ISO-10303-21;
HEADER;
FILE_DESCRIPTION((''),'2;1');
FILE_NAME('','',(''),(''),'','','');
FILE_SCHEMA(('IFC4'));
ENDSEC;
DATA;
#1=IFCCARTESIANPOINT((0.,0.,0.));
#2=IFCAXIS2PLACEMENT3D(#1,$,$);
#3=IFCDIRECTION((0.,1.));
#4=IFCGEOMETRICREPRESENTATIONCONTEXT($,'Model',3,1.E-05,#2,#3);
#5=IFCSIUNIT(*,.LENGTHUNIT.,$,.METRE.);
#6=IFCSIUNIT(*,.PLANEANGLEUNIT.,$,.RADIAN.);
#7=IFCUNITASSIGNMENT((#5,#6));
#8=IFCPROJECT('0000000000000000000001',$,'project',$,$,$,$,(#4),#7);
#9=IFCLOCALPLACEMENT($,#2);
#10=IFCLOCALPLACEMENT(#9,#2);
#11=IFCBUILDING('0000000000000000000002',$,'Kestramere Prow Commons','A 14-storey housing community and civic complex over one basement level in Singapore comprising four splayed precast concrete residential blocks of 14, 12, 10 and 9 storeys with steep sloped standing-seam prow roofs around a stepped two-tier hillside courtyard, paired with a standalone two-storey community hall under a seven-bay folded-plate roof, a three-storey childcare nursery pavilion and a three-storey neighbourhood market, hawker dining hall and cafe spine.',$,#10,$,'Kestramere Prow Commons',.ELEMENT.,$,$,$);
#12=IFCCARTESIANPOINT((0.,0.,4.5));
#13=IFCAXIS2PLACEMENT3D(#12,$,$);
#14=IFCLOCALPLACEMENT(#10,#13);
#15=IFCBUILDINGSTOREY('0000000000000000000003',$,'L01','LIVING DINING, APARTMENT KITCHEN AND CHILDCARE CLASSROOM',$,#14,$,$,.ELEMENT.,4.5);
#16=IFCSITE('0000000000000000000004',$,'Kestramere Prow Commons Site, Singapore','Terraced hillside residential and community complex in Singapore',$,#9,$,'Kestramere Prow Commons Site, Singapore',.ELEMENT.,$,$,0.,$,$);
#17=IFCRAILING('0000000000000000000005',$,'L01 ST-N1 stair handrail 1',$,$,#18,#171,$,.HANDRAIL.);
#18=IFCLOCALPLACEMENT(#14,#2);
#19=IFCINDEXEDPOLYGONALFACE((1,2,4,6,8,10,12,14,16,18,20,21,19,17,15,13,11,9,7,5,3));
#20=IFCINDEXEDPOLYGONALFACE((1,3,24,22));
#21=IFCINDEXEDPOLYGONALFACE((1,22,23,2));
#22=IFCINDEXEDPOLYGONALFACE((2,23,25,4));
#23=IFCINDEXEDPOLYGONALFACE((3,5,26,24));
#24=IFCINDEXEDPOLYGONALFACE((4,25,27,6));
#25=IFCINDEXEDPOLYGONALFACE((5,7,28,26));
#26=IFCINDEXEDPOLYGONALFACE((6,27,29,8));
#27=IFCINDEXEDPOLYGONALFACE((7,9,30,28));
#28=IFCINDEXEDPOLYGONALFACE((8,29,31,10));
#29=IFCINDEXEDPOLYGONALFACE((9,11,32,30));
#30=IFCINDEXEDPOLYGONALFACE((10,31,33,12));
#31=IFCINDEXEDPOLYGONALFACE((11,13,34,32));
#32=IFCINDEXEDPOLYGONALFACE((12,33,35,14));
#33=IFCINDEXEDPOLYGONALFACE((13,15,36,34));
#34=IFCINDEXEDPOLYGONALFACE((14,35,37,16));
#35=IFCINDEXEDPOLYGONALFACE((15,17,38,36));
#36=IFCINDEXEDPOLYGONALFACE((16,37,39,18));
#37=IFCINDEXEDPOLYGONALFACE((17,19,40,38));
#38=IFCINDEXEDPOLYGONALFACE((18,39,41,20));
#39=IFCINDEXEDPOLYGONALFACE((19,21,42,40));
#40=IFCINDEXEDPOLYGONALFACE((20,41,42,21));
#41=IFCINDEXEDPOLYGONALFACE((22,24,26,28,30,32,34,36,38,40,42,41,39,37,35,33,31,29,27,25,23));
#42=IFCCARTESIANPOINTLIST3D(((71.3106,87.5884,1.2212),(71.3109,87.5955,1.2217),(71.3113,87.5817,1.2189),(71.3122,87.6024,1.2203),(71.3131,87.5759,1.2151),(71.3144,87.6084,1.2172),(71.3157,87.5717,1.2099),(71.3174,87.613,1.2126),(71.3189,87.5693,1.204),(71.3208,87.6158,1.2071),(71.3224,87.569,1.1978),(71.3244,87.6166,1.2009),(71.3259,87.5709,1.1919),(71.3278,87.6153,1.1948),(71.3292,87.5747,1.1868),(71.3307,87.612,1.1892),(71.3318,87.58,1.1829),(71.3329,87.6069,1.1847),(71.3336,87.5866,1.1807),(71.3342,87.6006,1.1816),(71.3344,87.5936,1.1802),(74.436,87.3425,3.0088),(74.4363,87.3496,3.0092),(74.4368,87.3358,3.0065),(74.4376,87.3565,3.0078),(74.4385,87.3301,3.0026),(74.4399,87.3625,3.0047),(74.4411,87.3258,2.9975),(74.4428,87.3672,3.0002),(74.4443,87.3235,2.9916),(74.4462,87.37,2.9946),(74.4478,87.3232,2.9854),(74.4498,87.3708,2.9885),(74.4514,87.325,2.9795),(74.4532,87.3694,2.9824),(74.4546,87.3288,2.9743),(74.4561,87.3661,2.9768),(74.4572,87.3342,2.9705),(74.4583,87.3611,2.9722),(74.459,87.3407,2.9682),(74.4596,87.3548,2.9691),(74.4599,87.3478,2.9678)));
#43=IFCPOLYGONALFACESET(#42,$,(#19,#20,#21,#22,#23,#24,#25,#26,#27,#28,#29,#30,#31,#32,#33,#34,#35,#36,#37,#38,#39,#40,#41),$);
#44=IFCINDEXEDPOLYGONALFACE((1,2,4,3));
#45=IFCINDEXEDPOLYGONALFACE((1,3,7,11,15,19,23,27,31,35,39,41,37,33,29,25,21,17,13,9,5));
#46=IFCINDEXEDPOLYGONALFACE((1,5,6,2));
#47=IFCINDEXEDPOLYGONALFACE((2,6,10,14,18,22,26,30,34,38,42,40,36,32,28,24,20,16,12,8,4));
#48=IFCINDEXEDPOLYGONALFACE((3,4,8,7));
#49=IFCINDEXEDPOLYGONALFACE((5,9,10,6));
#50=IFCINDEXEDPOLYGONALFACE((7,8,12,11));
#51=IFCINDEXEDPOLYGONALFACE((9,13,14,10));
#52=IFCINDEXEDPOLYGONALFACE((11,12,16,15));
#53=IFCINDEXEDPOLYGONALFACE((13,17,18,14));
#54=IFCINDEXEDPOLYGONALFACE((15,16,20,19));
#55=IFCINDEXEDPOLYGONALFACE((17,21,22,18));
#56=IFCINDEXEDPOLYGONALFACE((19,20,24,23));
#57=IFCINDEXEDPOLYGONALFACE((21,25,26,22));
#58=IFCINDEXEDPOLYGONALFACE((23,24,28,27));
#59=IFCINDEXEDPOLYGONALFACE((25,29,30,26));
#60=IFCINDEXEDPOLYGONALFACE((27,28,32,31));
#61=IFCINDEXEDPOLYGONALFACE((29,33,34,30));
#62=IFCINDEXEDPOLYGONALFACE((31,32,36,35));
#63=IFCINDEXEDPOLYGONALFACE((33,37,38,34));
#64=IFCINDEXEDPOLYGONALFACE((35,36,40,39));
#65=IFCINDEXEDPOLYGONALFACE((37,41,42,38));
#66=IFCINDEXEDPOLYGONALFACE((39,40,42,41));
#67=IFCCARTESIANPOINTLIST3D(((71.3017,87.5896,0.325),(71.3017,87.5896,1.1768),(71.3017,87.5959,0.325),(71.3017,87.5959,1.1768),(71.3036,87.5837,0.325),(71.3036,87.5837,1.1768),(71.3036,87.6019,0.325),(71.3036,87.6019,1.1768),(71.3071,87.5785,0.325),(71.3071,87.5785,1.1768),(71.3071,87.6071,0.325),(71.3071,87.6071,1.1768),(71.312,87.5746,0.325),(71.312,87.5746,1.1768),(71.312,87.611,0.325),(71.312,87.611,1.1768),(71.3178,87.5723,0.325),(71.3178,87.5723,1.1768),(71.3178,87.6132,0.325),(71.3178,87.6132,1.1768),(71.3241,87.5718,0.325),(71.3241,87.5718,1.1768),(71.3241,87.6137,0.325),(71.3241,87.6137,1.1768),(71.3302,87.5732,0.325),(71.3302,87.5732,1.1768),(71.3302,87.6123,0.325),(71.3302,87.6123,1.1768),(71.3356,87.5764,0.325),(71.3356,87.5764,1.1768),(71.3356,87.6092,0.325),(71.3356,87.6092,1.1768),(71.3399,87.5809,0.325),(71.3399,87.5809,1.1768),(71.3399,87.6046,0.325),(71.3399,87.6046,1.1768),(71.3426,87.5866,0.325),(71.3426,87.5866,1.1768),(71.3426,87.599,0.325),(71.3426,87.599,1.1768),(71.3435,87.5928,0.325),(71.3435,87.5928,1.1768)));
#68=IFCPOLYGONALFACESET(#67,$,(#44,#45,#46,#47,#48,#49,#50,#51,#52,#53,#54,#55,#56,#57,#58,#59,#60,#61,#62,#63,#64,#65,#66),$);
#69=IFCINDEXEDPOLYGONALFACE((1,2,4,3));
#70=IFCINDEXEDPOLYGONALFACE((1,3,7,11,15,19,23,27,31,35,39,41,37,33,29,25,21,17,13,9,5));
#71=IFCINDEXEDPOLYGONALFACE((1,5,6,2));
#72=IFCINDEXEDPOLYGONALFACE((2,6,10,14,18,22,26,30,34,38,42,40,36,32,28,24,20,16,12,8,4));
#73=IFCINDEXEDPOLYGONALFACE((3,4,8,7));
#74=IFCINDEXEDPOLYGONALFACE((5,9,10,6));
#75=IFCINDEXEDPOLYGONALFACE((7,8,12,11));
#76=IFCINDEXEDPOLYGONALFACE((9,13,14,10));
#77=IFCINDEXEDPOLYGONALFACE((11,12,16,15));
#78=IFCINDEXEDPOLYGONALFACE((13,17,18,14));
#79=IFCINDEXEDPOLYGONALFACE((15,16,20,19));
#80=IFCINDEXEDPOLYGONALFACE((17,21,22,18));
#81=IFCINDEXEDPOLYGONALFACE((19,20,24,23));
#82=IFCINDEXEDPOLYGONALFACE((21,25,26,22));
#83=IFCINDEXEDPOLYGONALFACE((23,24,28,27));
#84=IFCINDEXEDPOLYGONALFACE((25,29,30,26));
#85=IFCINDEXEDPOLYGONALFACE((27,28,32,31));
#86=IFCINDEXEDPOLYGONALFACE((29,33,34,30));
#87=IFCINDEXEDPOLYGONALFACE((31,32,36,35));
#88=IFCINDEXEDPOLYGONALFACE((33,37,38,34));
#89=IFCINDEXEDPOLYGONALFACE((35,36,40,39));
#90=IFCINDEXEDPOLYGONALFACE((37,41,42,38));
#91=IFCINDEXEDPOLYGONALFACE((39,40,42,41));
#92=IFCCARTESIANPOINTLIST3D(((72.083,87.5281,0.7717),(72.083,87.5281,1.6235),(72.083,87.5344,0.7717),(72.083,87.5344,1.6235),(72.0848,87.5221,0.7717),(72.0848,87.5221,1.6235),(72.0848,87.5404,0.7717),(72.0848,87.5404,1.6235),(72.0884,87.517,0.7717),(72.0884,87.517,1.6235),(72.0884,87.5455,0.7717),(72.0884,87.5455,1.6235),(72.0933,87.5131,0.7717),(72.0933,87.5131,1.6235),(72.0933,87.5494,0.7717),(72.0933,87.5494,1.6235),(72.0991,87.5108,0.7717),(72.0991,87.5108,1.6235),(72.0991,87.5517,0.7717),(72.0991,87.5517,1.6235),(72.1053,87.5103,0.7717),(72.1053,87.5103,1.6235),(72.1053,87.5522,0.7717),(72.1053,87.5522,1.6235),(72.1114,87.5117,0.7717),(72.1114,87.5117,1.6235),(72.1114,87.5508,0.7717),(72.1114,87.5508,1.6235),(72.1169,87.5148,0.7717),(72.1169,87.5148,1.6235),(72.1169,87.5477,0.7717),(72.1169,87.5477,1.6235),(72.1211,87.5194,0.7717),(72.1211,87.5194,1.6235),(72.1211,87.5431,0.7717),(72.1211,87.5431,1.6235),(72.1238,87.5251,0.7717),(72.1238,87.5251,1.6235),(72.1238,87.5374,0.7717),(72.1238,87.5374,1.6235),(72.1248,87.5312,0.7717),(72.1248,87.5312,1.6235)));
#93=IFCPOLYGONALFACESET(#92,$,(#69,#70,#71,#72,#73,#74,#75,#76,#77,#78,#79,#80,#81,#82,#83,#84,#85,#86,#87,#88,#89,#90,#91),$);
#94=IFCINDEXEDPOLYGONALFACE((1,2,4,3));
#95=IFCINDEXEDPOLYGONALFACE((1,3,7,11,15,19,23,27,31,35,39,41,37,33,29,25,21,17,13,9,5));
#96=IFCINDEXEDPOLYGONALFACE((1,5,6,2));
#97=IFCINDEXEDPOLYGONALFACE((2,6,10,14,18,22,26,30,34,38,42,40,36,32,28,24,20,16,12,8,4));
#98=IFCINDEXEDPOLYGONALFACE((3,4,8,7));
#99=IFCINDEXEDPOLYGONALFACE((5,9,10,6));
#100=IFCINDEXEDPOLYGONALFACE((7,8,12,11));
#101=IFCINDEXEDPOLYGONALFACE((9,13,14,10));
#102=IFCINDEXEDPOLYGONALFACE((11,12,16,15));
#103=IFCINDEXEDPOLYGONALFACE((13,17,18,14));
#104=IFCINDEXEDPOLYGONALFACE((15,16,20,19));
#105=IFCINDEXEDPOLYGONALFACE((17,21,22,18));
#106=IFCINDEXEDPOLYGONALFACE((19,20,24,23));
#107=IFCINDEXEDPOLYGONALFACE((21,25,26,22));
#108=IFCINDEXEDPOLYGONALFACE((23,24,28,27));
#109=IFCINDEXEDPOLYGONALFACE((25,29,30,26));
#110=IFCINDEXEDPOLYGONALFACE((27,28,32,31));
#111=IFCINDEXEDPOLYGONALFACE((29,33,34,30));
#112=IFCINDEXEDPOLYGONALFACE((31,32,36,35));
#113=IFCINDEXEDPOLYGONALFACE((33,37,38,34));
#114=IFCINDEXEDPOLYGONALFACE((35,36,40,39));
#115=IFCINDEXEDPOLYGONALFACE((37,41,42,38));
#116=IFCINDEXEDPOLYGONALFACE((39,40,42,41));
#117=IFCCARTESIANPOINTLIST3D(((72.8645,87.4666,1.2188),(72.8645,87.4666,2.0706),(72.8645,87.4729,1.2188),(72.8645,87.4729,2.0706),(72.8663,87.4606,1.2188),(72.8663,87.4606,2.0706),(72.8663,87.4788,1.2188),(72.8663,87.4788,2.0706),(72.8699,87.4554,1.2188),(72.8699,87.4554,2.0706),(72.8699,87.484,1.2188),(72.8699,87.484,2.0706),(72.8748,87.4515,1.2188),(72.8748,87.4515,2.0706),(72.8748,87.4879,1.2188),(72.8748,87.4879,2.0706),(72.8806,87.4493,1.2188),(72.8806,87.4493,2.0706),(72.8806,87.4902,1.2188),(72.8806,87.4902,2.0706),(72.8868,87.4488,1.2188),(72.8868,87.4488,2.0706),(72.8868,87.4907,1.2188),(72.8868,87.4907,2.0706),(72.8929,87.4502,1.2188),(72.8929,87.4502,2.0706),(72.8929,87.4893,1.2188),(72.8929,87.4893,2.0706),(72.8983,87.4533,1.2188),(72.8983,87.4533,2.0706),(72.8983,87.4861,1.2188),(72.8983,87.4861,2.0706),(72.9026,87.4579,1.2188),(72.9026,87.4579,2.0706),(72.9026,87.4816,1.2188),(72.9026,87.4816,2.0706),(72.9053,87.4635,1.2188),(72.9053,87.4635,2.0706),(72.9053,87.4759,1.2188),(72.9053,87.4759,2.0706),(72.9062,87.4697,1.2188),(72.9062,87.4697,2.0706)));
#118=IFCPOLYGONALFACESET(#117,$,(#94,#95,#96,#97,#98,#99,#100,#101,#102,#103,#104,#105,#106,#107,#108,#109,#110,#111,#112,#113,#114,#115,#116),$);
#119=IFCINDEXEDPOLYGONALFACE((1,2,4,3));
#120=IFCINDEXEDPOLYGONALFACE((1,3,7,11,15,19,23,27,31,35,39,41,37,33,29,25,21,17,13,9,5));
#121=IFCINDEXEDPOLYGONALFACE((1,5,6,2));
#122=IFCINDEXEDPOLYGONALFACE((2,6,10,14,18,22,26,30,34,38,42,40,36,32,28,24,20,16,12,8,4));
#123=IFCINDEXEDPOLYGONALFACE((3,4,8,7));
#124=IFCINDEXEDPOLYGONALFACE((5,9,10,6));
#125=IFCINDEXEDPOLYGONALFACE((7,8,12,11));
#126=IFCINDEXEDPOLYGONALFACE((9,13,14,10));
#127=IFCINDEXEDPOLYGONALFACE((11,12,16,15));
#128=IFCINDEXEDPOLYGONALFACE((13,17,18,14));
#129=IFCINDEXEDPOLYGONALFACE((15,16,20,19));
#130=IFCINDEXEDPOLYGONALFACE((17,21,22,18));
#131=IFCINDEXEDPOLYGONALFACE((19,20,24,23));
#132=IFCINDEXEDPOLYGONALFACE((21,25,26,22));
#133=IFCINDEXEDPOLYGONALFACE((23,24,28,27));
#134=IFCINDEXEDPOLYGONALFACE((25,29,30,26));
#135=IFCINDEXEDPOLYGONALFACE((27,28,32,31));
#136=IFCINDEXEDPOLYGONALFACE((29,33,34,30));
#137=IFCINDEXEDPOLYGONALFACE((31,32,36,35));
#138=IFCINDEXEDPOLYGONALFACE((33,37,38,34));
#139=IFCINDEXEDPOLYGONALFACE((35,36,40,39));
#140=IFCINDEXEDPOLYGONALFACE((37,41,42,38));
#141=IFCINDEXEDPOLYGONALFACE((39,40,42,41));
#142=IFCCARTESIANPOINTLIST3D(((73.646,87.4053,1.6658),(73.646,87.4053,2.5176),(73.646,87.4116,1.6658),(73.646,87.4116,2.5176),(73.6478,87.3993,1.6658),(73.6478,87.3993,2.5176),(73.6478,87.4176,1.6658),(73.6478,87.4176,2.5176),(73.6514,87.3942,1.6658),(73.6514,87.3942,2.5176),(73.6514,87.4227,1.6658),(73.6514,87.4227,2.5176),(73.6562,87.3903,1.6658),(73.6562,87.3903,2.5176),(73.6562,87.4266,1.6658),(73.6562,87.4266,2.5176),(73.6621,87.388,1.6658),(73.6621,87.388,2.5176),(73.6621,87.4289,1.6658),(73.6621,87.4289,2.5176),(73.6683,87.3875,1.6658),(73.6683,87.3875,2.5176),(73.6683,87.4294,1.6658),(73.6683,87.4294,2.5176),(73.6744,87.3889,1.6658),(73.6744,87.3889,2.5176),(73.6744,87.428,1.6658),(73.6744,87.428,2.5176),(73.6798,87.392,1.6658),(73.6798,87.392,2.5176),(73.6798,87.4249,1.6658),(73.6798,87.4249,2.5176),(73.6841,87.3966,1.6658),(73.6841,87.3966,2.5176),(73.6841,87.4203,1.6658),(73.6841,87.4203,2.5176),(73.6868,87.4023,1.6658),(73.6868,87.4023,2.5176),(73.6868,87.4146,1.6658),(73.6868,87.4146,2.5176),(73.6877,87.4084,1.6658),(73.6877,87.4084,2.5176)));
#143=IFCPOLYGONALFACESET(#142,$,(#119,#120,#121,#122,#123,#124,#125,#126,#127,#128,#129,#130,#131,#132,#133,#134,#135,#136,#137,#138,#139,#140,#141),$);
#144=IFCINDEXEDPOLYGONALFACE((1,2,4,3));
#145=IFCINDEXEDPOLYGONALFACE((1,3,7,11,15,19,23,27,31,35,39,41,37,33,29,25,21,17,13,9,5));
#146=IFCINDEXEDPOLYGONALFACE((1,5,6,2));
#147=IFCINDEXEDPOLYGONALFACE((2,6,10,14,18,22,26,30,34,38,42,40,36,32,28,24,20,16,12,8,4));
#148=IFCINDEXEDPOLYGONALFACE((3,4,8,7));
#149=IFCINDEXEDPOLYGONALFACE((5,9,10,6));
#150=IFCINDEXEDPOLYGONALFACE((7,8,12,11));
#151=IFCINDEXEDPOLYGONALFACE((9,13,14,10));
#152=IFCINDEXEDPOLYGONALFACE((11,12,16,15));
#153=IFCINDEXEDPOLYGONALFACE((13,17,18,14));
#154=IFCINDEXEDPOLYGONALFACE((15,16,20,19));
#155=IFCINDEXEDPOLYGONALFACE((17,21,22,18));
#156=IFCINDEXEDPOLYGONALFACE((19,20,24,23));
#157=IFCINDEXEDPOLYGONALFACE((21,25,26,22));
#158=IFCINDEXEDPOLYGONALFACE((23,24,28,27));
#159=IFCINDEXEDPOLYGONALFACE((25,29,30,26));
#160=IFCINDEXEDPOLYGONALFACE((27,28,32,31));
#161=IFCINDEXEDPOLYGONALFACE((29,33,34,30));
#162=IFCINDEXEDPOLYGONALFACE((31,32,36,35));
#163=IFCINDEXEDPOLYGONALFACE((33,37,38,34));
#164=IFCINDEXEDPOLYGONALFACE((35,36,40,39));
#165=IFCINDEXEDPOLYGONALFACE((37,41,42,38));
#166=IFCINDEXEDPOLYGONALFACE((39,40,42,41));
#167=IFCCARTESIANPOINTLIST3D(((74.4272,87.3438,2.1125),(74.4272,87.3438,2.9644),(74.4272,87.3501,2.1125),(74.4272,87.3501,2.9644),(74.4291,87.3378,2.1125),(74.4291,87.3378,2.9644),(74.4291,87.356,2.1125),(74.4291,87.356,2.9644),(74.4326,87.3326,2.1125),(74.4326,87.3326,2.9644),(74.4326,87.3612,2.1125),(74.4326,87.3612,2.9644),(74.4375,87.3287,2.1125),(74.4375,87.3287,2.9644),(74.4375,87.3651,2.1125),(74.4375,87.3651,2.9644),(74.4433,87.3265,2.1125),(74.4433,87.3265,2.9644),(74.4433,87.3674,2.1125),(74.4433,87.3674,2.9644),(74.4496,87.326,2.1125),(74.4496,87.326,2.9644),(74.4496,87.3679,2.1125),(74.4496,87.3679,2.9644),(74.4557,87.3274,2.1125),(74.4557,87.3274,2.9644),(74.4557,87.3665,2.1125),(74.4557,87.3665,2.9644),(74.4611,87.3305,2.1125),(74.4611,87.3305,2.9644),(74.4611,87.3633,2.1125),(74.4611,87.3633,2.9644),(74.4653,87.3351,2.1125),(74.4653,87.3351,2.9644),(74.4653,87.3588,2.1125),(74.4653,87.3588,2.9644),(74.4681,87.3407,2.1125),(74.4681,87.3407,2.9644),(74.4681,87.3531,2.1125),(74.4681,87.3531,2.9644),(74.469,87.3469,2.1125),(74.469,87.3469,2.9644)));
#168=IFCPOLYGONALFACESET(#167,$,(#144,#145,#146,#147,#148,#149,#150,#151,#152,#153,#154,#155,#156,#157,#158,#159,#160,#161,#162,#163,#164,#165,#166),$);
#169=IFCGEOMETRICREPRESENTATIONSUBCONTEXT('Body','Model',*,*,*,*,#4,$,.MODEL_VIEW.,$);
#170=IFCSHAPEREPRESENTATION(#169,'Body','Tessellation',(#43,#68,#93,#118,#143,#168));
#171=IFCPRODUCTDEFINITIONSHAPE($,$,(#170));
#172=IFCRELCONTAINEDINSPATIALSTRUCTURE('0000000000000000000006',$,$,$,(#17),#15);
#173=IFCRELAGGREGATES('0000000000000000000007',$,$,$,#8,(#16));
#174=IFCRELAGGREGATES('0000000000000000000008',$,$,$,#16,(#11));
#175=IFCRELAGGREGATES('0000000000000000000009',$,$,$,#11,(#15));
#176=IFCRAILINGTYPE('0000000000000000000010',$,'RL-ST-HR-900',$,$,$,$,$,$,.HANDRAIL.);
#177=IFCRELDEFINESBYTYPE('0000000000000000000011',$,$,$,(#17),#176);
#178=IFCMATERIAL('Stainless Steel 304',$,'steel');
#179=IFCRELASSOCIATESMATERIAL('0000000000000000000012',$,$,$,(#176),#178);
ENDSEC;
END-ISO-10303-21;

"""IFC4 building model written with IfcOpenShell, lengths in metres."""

from ifc_helpers import new_model, si_unit, direction, frame, origin, origin_2d, place, context, subcontext, project, spatial, circle, extrude, material, type_object, element, save


model = new_model("IFC4")

# Units and contexts
model_context = context("Model", 3, precision=1e-05, world=origin(), true_north=direction((0.0, 1.0)))
body_context = subcontext(model_context, "Body", "Model", "MODEL_VIEW")
ifc_project = project(units=[si_unit("LENGTHUNIT", "METRE"), si_unit("PLANEANGLEUNIT", "RADIAN")], contexts=[model_context])

# Site, building, storey
site_placement = place(None, origin())
site = spatial("IfcSite", under=ifc_project, at=site_placement, Name="Kestramere Prow Commons Site, Singapore", Description="Terraced hillside residential and community complex in Singapore", LongName="Kestramere Prow Commons Site, Singapore", CompositionType="ELEMENT", RefElevation=0.0)
building_placement = place(site_placement, origin())
building = spatial("IfcBuilding", under=site, at=building_placement, Name="Kestramere Prow Commons", Description="A 14-storey housing community and civic complex over one basement level in Singapore comprising four splayed precast concrete residential blocks of 14, 12, 10 and 9 storeys with steep sloped standing-seam prow roofs around a stepped two-tier hillside courtyard, paired with a standalone two-storey community hall under a seven-bay folded-plate roof, a three-storey childcare nursery pavilion and a three-storey neighbourhood market, hawker dining hall and cafe spine.", LongName="Kestramere Prow Commons", CompositionType="ELEMENT")
storey_placement = place(building_placement, frame((0.0, 0.0, 4.5)))
storey = spatial("IfcBuildingStorey", under=building, at=storey_placement, Name="L01", Description="LIVING DINING, APARTMENT KITCHEN AND CHILDCARE CLASSROOM", CompositionType="ELEMENT", Elevation=4.5)

# Railing
ifc_material_1 = material(Name="Stainless Steel 304", Category="steel")
railing_type_1 = type_object("IfcRailingType", Name="RL-ST-HR-900", PredefinedType="HANDRAIL", material=ifc_material_1)
railing_1_placement = place(storey_placement, frame((71.3225, 87.5928, 0.325)))
element("IfcRailing", 1, at=railing_1_placement, inside=storey, type_object=railing_type_1, Name="L01 ST-N1 stair handrail 1", PredefinedType="HANDRAIL", context=body_context, shape_type="SweptSolid", body=[
    extrude(circle(Radius=0.0239, at=origin_2d()), frame((0.0, 0.0, 0.876), z_axis=(0.866035, -0.068122, 0.495321), x_axis=(0.078417, 0.996921, 0.0)), (0.0, 0.0, 1.0), 3.6089),
    extrude(circle(Radius=0.021, at=origin_2d()), origin(), (0.0, 0.0, 1.0), 0.8518),
    extrude(circle(Radius=0.021, at=origin_2d()), frame((0.7812, -0.0615, 0.4468)), (0.0, 0.0, 1.0), 0.8518),
    extrude(circle(Radius=0.021, at=origin_2d()), frame((1.5627, -0.123, 0.8938)), (0.0, 0.0, 1.0), 0.8518),
    extrude(circle(Radius=0.021, at=origin_2d()), frame((2.3442, -0.1843, 1.3408)), (0.0, 0.0, 1.0), 0.8518),
    extrude(circle(Radius=0.021, at=origin_2d()), frame((3.1255, -0.2458, 1.7876)), (0.0, 0.0, 1.0), 0.8518),
])

save(model, "model.ifc")
